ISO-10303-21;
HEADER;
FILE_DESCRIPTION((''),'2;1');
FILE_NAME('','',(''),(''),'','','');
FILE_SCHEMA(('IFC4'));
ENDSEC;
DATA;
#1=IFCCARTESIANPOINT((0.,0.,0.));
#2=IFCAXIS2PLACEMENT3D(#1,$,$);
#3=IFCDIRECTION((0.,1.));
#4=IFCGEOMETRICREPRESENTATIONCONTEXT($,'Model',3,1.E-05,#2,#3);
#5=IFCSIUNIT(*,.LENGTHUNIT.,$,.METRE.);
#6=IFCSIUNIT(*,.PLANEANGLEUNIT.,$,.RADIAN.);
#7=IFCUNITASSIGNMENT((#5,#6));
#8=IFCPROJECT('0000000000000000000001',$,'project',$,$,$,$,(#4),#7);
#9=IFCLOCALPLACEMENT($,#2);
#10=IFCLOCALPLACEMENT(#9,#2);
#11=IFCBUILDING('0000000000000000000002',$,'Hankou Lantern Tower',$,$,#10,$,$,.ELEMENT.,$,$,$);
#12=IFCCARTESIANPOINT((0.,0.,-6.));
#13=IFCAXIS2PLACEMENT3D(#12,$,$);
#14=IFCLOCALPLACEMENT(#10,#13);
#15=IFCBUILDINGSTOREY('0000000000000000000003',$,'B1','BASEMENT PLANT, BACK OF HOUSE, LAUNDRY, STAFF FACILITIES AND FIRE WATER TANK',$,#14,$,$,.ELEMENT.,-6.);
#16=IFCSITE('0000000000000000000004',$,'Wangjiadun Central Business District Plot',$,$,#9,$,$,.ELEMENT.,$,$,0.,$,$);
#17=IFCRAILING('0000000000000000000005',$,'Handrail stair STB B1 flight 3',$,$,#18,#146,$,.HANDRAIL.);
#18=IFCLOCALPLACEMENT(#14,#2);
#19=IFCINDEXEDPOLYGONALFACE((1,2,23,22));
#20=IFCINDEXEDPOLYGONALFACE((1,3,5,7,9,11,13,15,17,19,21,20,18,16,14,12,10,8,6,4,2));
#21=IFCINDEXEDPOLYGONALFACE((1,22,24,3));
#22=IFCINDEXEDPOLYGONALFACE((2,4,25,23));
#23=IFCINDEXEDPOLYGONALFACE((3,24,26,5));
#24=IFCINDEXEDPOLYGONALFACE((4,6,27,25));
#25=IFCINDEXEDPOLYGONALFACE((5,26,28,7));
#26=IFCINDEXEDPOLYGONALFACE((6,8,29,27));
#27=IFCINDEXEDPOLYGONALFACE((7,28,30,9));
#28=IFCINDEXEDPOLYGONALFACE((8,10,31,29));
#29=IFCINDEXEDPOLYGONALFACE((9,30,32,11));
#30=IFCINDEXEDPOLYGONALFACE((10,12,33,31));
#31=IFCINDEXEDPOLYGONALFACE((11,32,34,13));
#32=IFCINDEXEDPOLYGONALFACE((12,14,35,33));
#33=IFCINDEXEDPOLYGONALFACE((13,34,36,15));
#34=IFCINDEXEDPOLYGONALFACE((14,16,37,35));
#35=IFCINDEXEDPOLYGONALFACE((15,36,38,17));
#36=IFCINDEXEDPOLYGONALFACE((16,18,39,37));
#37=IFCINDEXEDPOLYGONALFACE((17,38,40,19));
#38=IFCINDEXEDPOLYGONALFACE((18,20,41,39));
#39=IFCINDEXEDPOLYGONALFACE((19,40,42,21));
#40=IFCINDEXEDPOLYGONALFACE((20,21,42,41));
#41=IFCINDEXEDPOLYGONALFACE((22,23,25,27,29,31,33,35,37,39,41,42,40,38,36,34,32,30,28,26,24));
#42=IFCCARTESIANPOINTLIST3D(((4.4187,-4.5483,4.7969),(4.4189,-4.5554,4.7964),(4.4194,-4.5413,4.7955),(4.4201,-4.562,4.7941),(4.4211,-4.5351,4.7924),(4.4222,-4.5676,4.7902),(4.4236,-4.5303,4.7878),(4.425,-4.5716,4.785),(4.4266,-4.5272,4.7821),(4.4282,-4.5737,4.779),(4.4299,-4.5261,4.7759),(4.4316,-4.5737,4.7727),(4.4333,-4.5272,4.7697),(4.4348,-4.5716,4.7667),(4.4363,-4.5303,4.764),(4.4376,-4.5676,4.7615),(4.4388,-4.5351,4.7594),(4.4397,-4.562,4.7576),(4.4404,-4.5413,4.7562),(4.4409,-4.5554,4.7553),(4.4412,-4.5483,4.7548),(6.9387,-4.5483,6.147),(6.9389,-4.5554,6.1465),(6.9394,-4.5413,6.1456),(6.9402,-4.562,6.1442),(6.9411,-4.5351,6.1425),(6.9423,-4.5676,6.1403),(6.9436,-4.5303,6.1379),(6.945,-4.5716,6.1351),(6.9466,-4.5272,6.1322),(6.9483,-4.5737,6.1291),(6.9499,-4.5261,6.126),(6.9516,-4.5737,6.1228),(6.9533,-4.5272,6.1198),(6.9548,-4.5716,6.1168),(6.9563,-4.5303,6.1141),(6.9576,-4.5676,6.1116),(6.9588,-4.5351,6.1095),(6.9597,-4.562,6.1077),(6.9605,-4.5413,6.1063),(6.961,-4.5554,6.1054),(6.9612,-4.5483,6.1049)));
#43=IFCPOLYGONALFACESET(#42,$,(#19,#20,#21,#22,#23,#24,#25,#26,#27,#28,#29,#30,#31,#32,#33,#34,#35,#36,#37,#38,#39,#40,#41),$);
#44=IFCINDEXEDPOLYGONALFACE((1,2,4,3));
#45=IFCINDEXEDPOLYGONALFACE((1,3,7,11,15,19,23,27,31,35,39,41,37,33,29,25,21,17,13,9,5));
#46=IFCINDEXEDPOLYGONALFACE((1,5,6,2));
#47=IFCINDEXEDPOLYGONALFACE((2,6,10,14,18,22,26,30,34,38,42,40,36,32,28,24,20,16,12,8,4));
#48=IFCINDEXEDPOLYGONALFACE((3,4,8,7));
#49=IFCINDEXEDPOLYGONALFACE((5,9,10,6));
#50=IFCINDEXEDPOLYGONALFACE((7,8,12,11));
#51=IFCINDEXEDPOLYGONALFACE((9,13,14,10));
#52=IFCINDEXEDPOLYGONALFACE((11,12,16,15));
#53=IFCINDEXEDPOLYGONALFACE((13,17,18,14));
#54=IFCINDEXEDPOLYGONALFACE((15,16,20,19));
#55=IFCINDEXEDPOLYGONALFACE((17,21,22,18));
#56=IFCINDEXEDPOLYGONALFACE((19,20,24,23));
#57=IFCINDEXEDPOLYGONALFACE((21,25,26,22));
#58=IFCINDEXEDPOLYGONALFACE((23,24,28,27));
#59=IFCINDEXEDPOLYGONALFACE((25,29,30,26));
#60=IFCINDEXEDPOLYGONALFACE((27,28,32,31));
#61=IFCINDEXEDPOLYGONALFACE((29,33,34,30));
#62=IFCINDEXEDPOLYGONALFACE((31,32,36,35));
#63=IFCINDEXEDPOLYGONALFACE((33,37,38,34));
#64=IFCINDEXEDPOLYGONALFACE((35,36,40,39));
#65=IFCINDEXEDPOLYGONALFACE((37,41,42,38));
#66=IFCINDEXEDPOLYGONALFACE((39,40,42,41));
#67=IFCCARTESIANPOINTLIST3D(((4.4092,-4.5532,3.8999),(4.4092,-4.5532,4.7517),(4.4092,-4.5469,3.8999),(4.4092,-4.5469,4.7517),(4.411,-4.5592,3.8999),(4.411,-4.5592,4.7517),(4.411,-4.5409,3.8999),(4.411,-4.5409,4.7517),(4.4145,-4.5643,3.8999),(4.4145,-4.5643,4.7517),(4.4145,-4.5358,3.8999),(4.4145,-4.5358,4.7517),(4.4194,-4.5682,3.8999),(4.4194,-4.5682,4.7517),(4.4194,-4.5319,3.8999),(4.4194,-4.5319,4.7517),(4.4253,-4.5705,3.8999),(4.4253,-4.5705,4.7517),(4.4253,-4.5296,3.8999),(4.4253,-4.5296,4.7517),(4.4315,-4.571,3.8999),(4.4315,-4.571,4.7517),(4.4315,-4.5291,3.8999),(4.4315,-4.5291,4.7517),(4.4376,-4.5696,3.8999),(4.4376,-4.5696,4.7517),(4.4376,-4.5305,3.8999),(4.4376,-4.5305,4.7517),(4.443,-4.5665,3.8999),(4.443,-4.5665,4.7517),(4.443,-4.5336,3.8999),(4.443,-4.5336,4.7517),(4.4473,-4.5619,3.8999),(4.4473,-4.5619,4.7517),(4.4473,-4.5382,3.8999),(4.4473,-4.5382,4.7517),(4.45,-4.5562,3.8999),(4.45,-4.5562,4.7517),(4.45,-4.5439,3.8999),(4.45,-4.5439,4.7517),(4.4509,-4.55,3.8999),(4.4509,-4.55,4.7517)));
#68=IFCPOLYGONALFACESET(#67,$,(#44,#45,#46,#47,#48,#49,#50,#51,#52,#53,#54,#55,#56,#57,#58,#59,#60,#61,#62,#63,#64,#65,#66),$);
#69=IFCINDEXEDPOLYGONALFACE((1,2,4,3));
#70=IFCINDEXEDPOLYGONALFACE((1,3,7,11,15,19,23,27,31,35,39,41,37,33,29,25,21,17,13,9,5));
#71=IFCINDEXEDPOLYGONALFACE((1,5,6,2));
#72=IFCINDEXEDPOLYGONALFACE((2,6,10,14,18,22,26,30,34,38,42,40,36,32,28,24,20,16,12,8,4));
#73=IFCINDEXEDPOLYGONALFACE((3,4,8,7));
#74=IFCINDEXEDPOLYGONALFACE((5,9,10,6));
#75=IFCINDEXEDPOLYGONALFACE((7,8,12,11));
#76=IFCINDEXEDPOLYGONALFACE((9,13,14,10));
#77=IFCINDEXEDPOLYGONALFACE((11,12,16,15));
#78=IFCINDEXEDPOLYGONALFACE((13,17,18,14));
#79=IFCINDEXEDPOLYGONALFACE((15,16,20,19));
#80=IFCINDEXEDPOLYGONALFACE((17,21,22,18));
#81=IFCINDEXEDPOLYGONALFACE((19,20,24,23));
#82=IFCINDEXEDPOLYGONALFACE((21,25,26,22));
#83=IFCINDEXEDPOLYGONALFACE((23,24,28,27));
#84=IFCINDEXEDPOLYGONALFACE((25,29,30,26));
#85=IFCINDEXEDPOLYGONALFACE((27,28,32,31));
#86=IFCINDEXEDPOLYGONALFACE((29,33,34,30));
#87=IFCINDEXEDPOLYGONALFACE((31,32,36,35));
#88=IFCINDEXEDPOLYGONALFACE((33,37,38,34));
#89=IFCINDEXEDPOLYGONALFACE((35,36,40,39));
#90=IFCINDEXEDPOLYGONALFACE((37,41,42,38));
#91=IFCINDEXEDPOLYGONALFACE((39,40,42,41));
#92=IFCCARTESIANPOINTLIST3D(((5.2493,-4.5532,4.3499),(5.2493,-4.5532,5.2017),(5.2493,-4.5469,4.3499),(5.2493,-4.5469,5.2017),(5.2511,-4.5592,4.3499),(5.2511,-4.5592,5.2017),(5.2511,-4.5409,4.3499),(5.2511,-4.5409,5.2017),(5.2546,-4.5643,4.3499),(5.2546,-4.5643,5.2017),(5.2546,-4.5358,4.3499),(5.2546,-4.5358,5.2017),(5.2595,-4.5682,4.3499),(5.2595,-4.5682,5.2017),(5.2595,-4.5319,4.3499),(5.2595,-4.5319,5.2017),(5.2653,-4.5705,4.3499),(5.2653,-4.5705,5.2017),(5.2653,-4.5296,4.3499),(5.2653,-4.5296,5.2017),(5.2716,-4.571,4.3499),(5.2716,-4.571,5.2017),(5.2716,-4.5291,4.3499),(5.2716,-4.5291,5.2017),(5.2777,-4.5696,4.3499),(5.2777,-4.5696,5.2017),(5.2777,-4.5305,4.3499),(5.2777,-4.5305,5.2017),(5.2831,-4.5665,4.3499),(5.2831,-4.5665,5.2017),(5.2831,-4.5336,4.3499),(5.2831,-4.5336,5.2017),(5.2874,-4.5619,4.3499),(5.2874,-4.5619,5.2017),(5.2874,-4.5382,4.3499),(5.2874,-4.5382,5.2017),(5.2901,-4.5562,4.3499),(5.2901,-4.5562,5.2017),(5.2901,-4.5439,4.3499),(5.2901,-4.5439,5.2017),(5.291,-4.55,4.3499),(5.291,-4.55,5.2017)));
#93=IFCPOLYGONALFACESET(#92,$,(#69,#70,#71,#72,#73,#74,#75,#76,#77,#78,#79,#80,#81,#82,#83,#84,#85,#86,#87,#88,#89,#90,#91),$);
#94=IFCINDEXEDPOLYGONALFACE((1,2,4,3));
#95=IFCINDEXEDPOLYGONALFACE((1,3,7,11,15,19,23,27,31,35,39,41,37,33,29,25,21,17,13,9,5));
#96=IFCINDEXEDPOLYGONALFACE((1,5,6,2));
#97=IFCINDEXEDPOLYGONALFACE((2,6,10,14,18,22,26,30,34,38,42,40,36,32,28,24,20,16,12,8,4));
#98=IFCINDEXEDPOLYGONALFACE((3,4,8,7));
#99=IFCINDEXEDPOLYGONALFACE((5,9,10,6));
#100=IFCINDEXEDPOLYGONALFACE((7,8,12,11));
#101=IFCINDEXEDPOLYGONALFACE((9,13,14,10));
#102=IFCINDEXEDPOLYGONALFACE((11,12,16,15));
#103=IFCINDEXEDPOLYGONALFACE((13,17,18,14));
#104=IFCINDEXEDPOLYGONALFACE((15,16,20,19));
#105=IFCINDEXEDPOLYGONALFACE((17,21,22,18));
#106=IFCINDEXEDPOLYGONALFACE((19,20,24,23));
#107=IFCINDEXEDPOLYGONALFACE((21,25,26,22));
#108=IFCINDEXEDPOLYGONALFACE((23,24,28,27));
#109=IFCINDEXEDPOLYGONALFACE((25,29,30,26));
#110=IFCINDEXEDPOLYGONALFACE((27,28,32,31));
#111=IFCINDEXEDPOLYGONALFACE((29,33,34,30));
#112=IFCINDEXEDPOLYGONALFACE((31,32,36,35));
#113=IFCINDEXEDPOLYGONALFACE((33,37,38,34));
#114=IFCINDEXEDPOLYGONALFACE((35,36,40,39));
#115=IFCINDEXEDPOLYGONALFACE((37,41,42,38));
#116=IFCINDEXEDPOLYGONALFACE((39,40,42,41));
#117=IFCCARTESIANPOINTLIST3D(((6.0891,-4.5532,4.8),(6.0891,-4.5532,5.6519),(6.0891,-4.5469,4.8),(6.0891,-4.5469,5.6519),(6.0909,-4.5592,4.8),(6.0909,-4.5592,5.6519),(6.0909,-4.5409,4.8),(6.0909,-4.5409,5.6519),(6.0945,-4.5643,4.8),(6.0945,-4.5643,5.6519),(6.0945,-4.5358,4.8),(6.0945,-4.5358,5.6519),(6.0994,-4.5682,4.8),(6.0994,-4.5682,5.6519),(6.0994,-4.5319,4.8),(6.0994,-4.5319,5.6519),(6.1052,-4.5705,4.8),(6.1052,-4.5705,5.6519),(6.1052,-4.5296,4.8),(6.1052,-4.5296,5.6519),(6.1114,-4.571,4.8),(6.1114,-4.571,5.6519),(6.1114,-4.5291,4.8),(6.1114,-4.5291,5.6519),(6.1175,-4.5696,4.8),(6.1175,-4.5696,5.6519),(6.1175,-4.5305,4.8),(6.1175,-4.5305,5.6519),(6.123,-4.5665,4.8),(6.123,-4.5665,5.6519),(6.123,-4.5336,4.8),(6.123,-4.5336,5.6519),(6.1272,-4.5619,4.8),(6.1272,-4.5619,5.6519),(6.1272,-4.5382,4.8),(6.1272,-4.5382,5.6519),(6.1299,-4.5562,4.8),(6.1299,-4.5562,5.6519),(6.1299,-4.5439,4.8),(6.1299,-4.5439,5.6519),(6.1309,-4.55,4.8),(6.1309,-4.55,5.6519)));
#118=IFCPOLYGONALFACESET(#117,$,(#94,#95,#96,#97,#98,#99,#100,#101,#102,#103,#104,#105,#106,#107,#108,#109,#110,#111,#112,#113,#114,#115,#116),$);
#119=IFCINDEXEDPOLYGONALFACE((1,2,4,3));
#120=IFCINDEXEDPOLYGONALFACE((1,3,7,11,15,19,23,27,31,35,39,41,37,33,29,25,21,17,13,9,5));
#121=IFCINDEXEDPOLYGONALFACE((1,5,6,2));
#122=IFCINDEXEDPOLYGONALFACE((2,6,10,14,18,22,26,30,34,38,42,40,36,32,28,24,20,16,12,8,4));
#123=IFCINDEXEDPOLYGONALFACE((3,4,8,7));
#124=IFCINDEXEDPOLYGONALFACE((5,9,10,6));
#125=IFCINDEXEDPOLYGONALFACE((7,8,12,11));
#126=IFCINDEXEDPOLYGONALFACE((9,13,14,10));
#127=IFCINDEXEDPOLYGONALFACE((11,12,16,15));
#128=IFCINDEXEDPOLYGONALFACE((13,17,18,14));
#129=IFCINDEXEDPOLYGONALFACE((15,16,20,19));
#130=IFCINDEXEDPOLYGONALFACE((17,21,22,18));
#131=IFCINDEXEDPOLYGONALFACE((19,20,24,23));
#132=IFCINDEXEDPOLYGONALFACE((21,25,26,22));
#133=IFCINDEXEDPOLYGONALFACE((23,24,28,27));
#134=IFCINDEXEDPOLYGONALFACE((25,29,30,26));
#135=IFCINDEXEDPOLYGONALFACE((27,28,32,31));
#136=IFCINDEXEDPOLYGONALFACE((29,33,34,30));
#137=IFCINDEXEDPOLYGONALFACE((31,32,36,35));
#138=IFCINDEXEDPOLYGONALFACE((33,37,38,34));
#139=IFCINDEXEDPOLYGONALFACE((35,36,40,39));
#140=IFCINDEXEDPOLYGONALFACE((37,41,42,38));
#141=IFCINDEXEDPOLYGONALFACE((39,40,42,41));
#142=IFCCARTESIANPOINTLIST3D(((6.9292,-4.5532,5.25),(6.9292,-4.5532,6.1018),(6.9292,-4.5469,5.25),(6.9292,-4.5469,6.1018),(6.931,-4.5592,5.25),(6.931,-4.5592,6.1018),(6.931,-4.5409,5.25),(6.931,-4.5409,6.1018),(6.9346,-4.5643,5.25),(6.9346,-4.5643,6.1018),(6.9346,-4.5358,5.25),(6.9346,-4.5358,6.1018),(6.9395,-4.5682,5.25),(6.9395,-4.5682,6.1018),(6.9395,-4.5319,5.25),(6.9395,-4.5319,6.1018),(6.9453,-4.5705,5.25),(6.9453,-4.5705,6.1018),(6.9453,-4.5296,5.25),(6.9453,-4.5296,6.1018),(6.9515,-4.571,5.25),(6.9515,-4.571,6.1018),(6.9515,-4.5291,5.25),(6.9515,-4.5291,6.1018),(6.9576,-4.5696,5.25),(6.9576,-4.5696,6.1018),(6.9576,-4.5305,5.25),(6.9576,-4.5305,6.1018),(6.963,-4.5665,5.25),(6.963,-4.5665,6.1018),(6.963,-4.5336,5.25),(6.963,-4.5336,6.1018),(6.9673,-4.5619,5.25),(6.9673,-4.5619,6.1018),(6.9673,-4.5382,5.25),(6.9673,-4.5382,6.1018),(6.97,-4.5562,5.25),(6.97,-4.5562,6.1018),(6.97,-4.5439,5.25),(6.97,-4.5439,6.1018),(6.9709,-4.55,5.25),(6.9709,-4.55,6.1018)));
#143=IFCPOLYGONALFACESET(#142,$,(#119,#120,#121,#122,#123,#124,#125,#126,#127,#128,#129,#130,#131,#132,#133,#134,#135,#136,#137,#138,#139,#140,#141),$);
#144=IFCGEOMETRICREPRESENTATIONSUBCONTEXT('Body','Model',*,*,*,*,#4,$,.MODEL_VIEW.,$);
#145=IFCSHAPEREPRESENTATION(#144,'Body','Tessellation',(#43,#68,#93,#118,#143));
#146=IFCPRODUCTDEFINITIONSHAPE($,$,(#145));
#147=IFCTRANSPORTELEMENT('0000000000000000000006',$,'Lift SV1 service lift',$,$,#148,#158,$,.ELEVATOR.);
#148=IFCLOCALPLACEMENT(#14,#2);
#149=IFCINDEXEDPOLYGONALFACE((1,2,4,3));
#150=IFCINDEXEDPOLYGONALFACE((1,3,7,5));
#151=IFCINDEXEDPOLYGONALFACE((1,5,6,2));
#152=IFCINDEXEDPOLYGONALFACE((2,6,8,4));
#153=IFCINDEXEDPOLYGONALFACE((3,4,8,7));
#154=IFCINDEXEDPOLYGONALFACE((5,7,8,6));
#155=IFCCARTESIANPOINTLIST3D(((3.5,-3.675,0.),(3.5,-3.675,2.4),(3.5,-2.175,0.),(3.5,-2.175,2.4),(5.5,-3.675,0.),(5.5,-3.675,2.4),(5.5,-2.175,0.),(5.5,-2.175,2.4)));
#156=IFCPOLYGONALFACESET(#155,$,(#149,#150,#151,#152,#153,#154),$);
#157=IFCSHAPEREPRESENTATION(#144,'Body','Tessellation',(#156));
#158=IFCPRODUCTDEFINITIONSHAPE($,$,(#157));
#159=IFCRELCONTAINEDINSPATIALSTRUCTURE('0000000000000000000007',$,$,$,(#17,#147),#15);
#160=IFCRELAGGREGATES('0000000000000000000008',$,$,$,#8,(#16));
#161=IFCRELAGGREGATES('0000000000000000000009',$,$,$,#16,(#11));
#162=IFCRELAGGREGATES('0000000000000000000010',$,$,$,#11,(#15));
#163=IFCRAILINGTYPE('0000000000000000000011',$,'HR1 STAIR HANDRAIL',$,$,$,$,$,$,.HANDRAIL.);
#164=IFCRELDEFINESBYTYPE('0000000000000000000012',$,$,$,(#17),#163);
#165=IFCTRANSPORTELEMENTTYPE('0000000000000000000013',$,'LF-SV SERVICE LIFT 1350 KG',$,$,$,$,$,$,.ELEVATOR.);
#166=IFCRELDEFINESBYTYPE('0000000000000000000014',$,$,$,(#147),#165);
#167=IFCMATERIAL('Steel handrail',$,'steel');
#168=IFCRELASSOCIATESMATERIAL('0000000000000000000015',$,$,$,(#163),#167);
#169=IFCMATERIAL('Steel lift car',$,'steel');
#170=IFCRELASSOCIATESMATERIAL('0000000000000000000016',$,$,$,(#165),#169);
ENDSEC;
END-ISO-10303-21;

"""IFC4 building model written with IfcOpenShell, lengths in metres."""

from ifc_helpers import new_model, si_unit, direction, frame, origin, origin_2d, place, context, subcontext, project, spatial, rectangle, circle, extrude, material, type_object, element, save


model = new_model("IFC4")

# Units and contexts
model_context = context("Model", 3, precision=1e-05, world=origin(), true_north=direction((0.0, 1.0)))
body_context = subcontext(model_context, "Body", "Model", "MODEL_VIEW")
ifc_project = project(units=[si_unit("LENGTHUNIT", "METRE"), si_unit("PLANEANGLEUNIT", "RADIAN")], contexts=[model_context])

# Site, building, storey
site_placement = place(None, origin())
site = spatial("IfcSite", under=ifc_project, at=site_placement, Name="Wangjiadun Central Business District Plot", CompositionType="ELEMENT", RefElevation=0.0)
building_placement = place(site_placement, origin())
building = spatial("IfcBuilding", under=site, at=building_placement, Name="Hankou Lantern Tower", CompositionType="ELEMENT")
storey_placement = place(building_placement, frame((0.0, 0.0, -6.0)))
storey = spatial("IfcBuildingStorey", under=building, at=storey_placement, Name="B1", Description="BASEMENT PLANT, BACK OF HOUSE, LAUNDRY, STAFF FACILITIES AND FIRE WATER TANK", CompositionType="ELEMENT", Elevation=-6.0)

# Railing
ifc_material_1 = material(Name="Steel handrail", Category="steel")
railing_type = type_object("IfcRailingType", Name="HR1 STAIR HANDRAIL", PredefinedType="HANDRAIL", material=ifc_material_1)
for number, where, name in (
    (1, (4.4299, -4.55, 3.8999), "Handrail stair STB B1 flight 3"),
):
    element("IfcRailing", number, at=place(storey_placement, frame(where)), inside=storey, type_object=railing_type, Name=name, PredefinedType="HANDRAIL", context=body_context, shape_type="SweptSolid", body=[
        extrude(circle(Radius=0.0239, at=origin_2d()), frame((0.0, 0.0, 0.876), z_axis=(0.881467, 0.0, 0.472245), x_axis=(0.0, 1.0, 0.0)), (0.0, 0.0, 1.0), 2.8589),
        extrude(circle(Radius=0.021, at=origin_2d()), origin(), (0.0, 0.0, 1.0), 0.8518),
        extrude(circle(Radius=0.021, at=origin_2d()), frame((0.8401, 0.0, 0.45)), (0.0, 0.0, 1.0), 0.8518),
        extrude(circle(Radius=0.021, at=origin_2d()), frame((1.6799, 0.0, 0.9001)), (0.0, 0.0, 1.0), 0.8518),
        extrude(circle(Radius=0.021, at=origin_2d()), frame((2.52, 0.0, 1.3501)), (0.0, 0.0, 1.0), 0.8518),
    ])

# Transport element
ifc_material_2 = material(Name="Steel lift car", Category="steel")
transport_element_type = type_object("IfcTransportElementType", Name="LF-SV SERVICE LIFT 1350 KG", PredefinedType="ELEVATOR", material=ifc_material_2)
transport_element_placement = place(storey_placement, frame((4.5, -2.925, 0.0), z_axis=(0.0, 0.0, 1.0), x_axis=(1.0, 0.0, 0.0)))
element("IfcTransportElement", 2, at=transport_element_placement, inside=storey, type_object=transport_element_type, Name="Lift SV1 service lift", PredefinedType="ELEVATOR", context=body_context, shape_type="SweptSolid", body=[
    extrude(rectangle(XDim=2.0, YDim=1.5, at=origin_2d()), origin(), (0.0, 0.0, 1.0), 2.4),
])

save(model, "model.ifc")
